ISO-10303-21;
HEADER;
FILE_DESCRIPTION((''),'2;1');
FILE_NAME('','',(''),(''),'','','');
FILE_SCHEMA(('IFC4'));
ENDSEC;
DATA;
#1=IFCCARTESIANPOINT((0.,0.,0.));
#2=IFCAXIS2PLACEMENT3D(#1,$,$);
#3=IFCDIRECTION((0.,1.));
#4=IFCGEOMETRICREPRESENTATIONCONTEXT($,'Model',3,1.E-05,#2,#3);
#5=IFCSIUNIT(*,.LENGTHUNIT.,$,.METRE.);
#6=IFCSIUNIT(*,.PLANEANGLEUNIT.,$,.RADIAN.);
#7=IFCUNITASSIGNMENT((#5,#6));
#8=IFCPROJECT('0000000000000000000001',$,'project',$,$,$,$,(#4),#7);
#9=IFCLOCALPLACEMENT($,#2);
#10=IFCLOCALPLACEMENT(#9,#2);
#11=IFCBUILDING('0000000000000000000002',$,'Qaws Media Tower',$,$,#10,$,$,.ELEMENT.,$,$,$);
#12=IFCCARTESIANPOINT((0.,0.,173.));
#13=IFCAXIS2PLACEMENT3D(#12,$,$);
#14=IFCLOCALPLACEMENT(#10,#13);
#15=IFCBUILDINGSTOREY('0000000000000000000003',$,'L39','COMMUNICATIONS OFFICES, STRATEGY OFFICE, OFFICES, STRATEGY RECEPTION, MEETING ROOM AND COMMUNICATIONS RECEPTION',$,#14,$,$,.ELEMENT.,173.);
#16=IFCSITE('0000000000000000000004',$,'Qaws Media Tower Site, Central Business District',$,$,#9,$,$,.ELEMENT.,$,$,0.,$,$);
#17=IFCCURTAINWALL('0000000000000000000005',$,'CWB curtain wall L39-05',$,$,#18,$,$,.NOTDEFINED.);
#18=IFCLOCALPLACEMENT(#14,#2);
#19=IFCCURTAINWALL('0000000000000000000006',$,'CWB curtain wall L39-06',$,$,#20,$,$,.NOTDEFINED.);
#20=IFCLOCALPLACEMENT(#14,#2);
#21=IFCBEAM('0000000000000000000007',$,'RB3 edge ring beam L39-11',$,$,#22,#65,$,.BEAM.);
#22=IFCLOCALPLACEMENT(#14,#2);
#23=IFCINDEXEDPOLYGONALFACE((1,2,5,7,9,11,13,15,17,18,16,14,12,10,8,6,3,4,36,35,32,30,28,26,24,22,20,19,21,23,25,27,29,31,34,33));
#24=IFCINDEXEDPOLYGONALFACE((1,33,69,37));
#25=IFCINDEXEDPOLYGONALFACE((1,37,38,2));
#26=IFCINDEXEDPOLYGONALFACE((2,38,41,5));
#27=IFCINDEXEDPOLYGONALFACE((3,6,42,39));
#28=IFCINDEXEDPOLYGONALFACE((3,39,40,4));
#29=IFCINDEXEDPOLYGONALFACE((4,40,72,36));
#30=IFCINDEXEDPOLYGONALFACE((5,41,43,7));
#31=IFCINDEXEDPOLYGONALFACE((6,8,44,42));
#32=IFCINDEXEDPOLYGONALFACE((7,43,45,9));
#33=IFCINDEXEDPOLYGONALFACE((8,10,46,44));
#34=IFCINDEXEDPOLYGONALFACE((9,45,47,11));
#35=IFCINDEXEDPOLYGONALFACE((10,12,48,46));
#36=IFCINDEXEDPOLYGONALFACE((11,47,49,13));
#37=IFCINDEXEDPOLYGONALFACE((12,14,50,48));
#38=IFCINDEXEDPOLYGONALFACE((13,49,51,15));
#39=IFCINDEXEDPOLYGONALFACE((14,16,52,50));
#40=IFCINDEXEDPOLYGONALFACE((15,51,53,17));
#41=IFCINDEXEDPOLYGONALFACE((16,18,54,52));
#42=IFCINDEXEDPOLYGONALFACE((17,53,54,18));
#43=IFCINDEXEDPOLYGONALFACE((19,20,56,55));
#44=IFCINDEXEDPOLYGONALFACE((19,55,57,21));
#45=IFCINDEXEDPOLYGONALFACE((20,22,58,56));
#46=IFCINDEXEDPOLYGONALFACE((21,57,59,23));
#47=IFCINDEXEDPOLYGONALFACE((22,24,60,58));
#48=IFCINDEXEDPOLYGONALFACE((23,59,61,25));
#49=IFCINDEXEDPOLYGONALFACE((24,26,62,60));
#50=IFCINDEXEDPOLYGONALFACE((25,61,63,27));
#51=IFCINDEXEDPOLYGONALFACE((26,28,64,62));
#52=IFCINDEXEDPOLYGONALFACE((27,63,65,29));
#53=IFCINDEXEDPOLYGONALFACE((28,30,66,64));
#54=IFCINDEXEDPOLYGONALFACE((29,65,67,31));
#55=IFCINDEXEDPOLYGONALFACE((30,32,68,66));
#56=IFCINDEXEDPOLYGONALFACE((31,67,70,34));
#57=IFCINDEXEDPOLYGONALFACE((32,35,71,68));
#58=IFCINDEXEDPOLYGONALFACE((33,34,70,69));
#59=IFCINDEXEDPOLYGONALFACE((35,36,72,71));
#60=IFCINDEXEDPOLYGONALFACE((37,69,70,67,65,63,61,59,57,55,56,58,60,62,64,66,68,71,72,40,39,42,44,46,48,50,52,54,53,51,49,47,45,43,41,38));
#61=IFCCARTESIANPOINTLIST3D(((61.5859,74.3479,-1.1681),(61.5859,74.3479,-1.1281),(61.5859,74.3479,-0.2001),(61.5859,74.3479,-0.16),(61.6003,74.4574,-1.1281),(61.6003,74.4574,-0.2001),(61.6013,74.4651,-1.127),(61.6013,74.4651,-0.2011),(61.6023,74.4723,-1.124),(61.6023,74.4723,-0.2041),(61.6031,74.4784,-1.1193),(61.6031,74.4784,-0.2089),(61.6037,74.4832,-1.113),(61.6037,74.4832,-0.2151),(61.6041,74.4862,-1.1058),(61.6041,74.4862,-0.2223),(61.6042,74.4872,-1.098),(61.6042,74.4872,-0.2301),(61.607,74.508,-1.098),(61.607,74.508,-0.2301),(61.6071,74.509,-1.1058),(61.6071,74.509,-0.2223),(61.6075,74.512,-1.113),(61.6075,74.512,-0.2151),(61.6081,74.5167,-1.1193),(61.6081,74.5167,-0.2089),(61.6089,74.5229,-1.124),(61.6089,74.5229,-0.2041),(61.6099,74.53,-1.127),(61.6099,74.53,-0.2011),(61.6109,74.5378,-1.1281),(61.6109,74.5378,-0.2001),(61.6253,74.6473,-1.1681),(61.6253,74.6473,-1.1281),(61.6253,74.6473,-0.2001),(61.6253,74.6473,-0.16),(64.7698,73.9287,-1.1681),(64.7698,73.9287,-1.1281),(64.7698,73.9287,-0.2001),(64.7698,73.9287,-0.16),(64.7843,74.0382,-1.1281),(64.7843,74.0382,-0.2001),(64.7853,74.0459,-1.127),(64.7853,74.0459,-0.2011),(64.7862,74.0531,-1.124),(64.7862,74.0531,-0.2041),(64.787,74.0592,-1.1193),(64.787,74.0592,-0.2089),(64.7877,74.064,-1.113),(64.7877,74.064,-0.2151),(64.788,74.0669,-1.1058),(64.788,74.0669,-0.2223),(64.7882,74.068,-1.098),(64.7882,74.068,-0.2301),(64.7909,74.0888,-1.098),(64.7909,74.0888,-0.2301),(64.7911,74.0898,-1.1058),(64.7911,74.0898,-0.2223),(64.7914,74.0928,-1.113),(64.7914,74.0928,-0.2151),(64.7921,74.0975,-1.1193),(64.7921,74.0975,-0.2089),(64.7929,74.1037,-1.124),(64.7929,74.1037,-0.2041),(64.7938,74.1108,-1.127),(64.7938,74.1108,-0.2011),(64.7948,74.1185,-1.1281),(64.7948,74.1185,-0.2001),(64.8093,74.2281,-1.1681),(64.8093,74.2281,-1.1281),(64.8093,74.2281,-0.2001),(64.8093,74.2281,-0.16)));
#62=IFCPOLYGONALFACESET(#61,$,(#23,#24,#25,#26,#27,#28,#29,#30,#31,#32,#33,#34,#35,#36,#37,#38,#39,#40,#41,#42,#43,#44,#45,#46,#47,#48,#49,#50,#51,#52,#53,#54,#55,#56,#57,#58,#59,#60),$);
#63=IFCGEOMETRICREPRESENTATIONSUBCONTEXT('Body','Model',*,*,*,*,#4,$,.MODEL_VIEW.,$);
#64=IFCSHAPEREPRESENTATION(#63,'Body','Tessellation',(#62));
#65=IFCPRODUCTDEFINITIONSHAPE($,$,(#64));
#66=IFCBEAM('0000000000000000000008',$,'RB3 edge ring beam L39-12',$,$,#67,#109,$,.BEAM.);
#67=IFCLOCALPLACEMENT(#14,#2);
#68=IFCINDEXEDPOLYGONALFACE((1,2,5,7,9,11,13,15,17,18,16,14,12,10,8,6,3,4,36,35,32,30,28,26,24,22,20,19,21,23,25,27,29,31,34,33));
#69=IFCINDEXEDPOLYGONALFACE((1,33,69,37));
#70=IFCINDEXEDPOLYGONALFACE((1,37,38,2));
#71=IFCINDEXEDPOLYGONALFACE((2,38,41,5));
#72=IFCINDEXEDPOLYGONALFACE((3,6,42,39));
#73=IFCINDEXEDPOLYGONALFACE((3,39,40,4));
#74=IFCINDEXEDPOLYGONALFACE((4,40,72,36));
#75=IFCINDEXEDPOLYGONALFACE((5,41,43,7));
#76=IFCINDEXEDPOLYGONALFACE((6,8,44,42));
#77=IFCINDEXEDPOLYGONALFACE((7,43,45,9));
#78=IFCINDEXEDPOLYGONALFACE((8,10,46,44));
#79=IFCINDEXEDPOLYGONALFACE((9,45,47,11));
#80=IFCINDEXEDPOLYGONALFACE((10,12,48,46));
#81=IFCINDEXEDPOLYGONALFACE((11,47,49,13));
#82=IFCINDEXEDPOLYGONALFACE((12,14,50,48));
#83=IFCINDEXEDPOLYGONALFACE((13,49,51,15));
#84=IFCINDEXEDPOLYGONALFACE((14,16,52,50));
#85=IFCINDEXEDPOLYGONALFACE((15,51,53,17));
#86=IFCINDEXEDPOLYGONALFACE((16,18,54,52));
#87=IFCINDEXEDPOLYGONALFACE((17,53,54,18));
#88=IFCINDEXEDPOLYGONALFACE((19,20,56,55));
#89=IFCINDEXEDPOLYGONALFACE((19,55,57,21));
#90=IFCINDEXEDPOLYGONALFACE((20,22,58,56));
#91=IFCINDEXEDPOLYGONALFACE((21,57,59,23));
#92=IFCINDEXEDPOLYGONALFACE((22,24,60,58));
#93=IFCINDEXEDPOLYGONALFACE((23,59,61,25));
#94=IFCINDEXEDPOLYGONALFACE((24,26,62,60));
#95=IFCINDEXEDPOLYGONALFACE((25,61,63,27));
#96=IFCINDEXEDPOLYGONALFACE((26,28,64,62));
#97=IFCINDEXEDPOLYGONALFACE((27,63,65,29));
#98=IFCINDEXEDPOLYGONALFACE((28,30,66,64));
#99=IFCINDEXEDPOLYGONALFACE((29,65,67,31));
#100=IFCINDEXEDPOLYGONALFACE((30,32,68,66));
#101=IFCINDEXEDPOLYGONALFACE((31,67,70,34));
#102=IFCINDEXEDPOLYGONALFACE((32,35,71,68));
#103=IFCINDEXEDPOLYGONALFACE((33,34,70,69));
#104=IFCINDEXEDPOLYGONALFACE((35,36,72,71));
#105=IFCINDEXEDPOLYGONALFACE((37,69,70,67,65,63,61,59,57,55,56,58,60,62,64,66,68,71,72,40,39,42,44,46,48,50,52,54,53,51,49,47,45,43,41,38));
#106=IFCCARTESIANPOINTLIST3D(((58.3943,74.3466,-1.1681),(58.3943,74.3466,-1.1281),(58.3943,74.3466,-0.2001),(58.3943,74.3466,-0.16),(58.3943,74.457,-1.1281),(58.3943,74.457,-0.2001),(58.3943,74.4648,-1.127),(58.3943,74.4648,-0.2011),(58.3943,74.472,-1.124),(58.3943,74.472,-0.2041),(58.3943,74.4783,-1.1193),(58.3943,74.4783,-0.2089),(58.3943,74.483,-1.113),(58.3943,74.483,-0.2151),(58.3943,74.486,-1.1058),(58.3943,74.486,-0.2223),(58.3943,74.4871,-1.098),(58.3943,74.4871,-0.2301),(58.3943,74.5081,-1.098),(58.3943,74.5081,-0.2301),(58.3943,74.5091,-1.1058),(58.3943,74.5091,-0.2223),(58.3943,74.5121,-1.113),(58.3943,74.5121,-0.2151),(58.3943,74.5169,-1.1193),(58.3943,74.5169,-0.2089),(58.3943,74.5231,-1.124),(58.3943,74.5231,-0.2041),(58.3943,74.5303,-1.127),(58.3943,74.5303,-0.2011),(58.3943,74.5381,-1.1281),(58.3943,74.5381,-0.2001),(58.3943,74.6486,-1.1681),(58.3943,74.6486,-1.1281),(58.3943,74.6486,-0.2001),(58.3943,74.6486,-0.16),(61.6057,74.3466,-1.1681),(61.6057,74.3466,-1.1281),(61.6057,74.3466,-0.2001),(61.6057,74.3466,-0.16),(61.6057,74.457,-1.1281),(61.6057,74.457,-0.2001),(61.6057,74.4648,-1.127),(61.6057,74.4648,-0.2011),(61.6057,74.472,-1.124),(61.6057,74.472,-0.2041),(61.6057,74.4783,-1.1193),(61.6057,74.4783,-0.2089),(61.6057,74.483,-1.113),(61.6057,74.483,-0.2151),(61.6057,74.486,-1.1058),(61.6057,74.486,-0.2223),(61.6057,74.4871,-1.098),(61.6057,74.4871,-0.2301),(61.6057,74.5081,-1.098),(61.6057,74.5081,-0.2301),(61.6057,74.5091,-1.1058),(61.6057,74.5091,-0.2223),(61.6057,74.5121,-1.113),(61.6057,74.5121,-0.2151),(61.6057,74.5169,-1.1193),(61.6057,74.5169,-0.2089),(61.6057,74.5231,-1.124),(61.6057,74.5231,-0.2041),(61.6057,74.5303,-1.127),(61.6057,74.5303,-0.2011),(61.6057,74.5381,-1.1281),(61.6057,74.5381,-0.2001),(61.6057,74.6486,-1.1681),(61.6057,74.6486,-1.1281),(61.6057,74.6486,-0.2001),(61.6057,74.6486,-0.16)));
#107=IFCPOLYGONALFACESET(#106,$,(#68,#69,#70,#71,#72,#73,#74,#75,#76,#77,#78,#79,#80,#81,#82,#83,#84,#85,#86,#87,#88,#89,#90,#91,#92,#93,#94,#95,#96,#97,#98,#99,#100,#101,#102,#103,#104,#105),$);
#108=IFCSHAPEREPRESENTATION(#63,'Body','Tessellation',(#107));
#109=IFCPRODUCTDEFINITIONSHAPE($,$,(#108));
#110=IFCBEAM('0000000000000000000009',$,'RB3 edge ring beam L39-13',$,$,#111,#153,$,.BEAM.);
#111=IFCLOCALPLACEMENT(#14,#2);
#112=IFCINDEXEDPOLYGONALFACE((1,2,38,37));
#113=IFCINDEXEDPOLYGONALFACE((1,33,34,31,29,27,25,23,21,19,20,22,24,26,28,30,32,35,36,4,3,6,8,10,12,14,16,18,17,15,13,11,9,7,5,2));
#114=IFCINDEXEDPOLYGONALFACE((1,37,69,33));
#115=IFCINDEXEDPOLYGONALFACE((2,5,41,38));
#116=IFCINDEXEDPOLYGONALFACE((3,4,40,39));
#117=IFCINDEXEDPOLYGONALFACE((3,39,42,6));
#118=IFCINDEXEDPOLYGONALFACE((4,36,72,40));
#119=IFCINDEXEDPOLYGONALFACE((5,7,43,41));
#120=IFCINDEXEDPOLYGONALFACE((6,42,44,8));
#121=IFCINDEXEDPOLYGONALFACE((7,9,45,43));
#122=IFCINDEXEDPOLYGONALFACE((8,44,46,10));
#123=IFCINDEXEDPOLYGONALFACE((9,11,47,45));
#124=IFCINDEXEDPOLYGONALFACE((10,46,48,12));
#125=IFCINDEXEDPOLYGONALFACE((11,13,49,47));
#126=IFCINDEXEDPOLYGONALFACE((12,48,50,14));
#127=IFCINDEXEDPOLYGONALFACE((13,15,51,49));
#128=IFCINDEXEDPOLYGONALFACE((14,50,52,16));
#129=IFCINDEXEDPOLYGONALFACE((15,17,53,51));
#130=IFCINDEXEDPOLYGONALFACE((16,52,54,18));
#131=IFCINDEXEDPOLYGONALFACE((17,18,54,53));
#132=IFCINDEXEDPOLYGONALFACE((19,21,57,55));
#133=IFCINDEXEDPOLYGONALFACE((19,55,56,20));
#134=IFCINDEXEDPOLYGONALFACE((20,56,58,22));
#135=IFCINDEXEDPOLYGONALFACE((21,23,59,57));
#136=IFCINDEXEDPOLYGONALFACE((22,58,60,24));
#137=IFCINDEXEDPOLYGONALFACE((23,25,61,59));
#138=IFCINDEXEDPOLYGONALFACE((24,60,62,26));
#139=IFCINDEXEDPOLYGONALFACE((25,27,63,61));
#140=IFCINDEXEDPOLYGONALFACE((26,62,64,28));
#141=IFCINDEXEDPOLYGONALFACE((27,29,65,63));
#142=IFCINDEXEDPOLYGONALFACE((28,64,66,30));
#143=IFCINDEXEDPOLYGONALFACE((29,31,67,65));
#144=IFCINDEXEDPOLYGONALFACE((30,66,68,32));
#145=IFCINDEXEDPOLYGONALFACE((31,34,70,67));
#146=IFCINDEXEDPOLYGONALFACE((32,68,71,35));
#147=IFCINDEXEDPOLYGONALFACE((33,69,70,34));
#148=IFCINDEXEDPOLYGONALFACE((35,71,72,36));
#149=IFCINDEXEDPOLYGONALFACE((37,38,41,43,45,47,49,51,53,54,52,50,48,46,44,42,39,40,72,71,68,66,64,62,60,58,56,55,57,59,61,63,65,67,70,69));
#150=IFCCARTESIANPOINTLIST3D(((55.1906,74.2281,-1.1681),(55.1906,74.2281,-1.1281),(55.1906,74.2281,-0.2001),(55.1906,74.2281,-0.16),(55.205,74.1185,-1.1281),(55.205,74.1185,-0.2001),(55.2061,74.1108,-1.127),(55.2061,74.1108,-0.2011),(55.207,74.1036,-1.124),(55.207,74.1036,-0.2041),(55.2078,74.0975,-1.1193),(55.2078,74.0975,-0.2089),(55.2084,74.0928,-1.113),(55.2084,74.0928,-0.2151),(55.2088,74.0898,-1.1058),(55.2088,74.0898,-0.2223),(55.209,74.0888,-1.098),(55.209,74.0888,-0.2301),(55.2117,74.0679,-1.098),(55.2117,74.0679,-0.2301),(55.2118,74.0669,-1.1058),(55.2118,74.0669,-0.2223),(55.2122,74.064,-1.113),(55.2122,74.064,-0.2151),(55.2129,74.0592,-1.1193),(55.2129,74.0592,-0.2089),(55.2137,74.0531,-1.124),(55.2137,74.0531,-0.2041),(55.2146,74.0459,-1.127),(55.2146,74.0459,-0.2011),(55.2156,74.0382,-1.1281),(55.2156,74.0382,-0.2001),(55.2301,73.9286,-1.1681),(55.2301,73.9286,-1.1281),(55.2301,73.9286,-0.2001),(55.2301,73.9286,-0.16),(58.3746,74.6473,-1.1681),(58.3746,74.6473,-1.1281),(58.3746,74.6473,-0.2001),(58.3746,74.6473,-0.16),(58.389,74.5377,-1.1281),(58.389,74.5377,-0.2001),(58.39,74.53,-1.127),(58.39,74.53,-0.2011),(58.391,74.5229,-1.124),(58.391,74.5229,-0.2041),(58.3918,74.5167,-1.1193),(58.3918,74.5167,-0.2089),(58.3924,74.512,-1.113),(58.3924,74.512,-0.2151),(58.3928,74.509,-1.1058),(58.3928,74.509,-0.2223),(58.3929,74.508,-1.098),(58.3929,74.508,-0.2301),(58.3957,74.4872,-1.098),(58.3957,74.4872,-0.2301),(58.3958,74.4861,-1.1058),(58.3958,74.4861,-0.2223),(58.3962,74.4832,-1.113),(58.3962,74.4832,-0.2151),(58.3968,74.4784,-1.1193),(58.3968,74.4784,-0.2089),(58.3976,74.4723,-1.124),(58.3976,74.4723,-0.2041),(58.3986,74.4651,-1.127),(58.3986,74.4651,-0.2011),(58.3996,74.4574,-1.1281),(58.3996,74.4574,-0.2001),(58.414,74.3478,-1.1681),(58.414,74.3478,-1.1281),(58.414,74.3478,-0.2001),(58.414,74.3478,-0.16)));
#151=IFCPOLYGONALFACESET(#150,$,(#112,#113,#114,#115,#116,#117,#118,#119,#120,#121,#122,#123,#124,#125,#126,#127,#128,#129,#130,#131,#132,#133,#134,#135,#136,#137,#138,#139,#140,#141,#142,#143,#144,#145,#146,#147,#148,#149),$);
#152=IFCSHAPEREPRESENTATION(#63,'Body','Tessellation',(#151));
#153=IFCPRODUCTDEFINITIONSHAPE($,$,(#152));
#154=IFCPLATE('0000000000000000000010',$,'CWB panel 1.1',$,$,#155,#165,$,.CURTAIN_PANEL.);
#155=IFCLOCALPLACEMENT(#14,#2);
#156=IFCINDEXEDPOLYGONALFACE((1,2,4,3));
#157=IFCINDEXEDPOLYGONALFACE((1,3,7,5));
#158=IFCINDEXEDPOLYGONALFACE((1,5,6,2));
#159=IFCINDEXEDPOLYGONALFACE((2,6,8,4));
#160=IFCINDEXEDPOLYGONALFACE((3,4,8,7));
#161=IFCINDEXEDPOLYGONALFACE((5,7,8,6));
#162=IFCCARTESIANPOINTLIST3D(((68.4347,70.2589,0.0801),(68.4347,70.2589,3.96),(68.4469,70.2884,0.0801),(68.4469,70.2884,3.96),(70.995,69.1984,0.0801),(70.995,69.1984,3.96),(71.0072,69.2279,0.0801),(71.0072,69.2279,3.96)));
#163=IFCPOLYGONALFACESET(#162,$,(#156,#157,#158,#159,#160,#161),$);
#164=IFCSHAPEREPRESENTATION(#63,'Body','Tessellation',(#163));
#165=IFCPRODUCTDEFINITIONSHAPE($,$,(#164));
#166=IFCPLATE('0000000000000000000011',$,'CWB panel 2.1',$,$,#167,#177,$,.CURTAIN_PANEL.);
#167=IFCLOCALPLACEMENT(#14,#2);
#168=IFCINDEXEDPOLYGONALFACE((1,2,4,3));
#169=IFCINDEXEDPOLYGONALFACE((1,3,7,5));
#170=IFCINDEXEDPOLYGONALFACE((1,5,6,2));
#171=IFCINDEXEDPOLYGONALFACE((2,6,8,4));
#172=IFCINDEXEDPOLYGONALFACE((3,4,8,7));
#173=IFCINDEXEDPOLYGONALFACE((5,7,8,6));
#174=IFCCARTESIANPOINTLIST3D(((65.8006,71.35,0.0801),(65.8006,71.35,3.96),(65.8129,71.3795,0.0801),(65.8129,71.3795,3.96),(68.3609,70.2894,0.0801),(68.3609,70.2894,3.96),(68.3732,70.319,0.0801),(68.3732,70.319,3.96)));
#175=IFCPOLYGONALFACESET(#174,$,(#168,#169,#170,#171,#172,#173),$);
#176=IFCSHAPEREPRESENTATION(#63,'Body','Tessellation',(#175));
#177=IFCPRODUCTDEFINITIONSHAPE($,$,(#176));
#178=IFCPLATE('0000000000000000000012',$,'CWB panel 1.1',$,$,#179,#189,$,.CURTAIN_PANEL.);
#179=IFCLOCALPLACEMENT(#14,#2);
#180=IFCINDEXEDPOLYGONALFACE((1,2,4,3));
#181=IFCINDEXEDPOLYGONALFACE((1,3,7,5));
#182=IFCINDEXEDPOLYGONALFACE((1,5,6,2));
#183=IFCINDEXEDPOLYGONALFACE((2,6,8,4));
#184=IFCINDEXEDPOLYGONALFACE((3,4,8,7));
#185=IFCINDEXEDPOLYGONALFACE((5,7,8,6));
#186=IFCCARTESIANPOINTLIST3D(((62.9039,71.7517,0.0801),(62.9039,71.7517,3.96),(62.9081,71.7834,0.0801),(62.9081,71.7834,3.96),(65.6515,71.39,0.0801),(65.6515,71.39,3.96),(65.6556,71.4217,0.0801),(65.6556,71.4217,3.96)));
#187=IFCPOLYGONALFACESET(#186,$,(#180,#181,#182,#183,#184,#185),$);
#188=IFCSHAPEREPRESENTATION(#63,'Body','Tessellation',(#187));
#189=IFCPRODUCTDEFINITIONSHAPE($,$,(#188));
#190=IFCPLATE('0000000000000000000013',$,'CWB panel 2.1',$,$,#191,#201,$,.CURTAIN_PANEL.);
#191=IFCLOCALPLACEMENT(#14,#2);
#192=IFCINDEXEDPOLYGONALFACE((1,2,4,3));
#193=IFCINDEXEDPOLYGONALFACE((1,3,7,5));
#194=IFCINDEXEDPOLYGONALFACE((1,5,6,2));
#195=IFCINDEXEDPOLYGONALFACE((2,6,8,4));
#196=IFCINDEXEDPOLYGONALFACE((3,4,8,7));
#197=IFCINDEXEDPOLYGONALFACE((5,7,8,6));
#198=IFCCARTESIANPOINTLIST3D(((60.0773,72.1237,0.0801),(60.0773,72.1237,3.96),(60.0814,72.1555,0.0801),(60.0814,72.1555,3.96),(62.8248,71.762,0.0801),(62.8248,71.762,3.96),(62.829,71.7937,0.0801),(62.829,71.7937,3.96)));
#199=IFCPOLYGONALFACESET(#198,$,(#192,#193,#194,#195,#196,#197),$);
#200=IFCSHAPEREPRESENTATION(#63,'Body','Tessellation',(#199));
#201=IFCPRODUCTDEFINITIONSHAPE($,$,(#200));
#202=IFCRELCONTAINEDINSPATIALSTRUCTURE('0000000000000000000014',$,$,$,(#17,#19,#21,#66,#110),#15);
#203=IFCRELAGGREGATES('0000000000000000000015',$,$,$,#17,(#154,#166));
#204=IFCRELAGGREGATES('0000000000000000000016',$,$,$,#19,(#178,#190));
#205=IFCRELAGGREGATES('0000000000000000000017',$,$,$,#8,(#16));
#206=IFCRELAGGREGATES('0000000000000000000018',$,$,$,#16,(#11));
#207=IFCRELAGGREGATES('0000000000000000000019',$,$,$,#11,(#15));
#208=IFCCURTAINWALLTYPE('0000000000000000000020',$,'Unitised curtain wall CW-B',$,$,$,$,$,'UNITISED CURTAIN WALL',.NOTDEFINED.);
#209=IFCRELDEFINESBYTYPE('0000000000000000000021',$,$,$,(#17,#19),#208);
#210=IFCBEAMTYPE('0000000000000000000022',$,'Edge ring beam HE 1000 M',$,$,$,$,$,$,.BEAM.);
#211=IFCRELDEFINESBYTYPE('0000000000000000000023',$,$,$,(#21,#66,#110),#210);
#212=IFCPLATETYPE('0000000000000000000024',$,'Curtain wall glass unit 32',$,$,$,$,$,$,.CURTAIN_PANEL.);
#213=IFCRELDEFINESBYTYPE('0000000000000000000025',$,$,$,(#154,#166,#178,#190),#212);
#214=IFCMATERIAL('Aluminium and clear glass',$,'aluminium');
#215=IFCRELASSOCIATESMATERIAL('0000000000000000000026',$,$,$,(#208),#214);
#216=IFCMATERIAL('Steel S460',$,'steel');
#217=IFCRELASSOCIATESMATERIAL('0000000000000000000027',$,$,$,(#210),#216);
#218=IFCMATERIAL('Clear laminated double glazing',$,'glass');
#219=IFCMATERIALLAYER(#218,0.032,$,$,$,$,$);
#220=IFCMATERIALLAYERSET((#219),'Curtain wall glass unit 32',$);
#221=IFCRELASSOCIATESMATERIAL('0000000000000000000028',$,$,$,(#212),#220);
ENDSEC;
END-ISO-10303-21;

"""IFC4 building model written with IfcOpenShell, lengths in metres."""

from ifc_helpers import new_model, si_unit, direction, frame, origin, origin_2d, place, context, subcontext, project, spatial, rectangle, i_section, extrude, material, layer, layer_set, material_profile, profile_set, type_object, element, aggregate, save


model = new_model("IFC4")

# Units and contexts
model_context = context("Model", 3, precision=1e-05, world=origin(), true_north=direction((0.0, 1.0)))
body_context = subcontext(model_context, "Body", "Model", "MODEL_VIEW")
ifc_project = project(units=[si_unit("LENGTHUNIT", "METRE"), si_unit("PLANEANGLEUNIT", "RADIAN")], contexts=[model_context])

# Site, building, storey
site_placement = place(None, origin())
site = spatial("IfcSite", under=ifc_project, at=site_placement, Name="Qaws Media Tower Site, Central Business District", CompositionType="ELEMENT", RefElevation=0.0)
building_placement = place(site_placement, origin())
building = spatial("IfcBuilding", under=site, at=building_placement, Name="Qaws Media Tower", CompositionType="ELEMENT")
storey_placement = place(building_placement, frame((0.0, 0.0, 173.0)))
storey = spatial("IfcBuildingStorey", under=building, at=storey_placement, Name="L39", Description="COMMUNICATIONS OFFICES, STRATEGY OFFICE, OFFICES, STRATEGY RECEPTION, MEETING ROOM AND COMMUNICATIONS RECEPTION", CompositionType="ELEMENT", Elevation=173.0)

# Curtain walls
ifc_material_1 = material(Name="Aluminium and clear glass", Category="aluminium")
curtain_wall_type = type_object("IfcCurtainWallType", Name="Unitised curtain wall CW-B", ElementType="UNITISED CURTAIN WALL", PredefinedType="NOTDEFINED", material=ifc_material_1)
curtain_wall_1_placement = place(storey_placement, origin())
curtain_wall_1 = element("IfcCurtainWall", 1, at=curtain_wall_1_placement, inside=storey, type_object=curtain_wall_type, Name="CWB curtain wall L39-05", PredefinedType="NOTDEFINED")
curtain_wall_2_placement = place(storey_placement, origin())
curtain_wall_2 = element("IfcCurtainWall", 2, at=curtain_wall_2_placement, inside=storey, type_object=curtain_wall_type, Name="CWB curtain wall L39-06", PredefinedType="NOTDEFINED")

# Beams
ifc_material_2 = material(Name="Steel S460", Category="steel")
ifc_material_profile_1 = material_profile(ifc_material_2, i_section(OverallWidth=0.302, OverallDepth=1.0081, WebThickness=0.021, FlangeThickness=0.04, FilletRadius=0.03, at=origin_2d()), Name="HE 1000 M")
ifc_profile_set_1 = profile_set([ifc_material_profile_1], Name="Steel S460")
beam_type = type_object("IfcBeamType", Name="Edge ring beam HE 1000 M", PredefinedType="BEAM", material=ifc_profile_set_1)
for number, where, z_axis, x_axis, name in (
    (3, (64.7896, 74.0784, -0.6641), (-0.991444, 0.130535, 0.0), (-0.130535, -0.991444, 0.0), "RB3 edge ring beam L39-11"),
    (4, (61.6057, 74.4976, -0.6641), (-1.0, 0.0, 0.0), (0.0, -1.0, 0.0), "RB3 edge ring beam L39-12"),
    (5, (58.3943, 74.4976, -0.6641), (-0.991444, -0.130535, 0.0), (0.130535, -0.991444, 0.0), "RB3 edge ring beam L39-13"),
):
    element("IfcBeam", number, at=place(storey_placement, frame(where, z_axis=z_axis, x_axis=x_axis)), inside=storey, type_object=beam_type, Name=name, PredefinedType="BEAM", context=body_context, shape_type="SweptSolid", body=[
        extrude(i_section(OverallWidth=0.302, OverallDepth=1.0081, WebThickness=0.021, FlangeThickness=0.04, FilletRadius=0.03, at=origin_2d()), origin(), (0.0, 0.0, 1.0), 3.2114),
    ])

# Plates
ifc_material_3 = material(Name="Clear laminated double glazing", Category="glass")
ifc_layer_1 = layer(ifc_material_3, 0.032)
ifc_layer_set_1 = layer_set([ifc_layer_1], Name="Curtain wall glass unit 32")
plate_type_1 = type_object("IfcPlateType", Name="Curtain wall glass unit 32", PredefinedType="CURTAIN_PANEL", material=ifc_layer_set_1)
plate_1_placement = place(storey_placement, frame((69.7209, 69.7434, 0.0801), z_axis=(0.0, 0.0, 1.0), x_axis=(-0.92388, 0.382683, 0.0)))
plate_1 = element("IfcPlate", 6, at=plate_1_placement, type_object=plate_type_1, Name="CWB panel 1.1", PredefinedType="CURTAIN_PANEL", context=body_context, shape_type="SweptSolid", body=[
    extrude(rectangle(XDim=2.7712, YDim=0.032, at=origin_2d()), origin(), (0.0, 0.0, 1.0), 3.8799),
])
plate_2_placement = place(storey_placement, frame((67.0869, 70.8345, 0.0801), z_axis=(0.0, 0.0, 1.0), x_axis=(-0.92388, 0.382683, 0.0)))
plate_2 = element("IfcPlate", 7, at=plate_2_placement, type_object=plate_type_1, Name="CWB panel 2.1", PredefinedType="CURTAIN_PANEL", context=body_context, shape_type="SweptSolid", body=[
    extrude(rectangle(XDim=2.7712, YDim=0.032, at=origin_2d()), origin(), (0.0, 0.0, 1.0), 3.8799),
])
aggregate(curtain_wall_1, [plate_1, plate_2])
plate_3_placement = place(storey_placement, frame((64.2798, 71.5867, 0.0801), z_axis=(0.0, 0.0, 1.0), x_axis=(-0.991445, 0.130526, 0.0)))
plate_3 = element("IfcPlate", 8, at=plate_3_placement, type_object=plate_type_1, Name="CWB panel 1.1", PredefinedType="CURTAIN_PANEL", context=body_context, shape_type="SweptSolid", body=[
    extrude(rectangle(XDim=2.7712, YDim=0.032, at=origin_2d()), origin(), (0.0, 0.0, 1.0), 3.8799),
])
plate_4_placement = place(storey_placement, frame((61.4531, 71.9587, 0.0801), z_axis=(0.0, 0.0, 1.0), x_axis=(-0.991445, 0.130526, 0.0)))
plate_4 = element("IfcPlate", 9, at=plate_4_placement, type_object=plate_type_1, Name="CWB panel 2.1", PredefinedType="CURTAIN_PANEL", context=body_context, shape_type="SweptSolid", body=[
    extrude(rectangle(XDim=2.7712, YDim=0.032, at=origin_2d()), origin(), (0.0, 0.0, 1.0), 3.8799),
])
aggregate(curtain_wall_2, [plate_3, plate_4])

save(model, "model.ifc")
